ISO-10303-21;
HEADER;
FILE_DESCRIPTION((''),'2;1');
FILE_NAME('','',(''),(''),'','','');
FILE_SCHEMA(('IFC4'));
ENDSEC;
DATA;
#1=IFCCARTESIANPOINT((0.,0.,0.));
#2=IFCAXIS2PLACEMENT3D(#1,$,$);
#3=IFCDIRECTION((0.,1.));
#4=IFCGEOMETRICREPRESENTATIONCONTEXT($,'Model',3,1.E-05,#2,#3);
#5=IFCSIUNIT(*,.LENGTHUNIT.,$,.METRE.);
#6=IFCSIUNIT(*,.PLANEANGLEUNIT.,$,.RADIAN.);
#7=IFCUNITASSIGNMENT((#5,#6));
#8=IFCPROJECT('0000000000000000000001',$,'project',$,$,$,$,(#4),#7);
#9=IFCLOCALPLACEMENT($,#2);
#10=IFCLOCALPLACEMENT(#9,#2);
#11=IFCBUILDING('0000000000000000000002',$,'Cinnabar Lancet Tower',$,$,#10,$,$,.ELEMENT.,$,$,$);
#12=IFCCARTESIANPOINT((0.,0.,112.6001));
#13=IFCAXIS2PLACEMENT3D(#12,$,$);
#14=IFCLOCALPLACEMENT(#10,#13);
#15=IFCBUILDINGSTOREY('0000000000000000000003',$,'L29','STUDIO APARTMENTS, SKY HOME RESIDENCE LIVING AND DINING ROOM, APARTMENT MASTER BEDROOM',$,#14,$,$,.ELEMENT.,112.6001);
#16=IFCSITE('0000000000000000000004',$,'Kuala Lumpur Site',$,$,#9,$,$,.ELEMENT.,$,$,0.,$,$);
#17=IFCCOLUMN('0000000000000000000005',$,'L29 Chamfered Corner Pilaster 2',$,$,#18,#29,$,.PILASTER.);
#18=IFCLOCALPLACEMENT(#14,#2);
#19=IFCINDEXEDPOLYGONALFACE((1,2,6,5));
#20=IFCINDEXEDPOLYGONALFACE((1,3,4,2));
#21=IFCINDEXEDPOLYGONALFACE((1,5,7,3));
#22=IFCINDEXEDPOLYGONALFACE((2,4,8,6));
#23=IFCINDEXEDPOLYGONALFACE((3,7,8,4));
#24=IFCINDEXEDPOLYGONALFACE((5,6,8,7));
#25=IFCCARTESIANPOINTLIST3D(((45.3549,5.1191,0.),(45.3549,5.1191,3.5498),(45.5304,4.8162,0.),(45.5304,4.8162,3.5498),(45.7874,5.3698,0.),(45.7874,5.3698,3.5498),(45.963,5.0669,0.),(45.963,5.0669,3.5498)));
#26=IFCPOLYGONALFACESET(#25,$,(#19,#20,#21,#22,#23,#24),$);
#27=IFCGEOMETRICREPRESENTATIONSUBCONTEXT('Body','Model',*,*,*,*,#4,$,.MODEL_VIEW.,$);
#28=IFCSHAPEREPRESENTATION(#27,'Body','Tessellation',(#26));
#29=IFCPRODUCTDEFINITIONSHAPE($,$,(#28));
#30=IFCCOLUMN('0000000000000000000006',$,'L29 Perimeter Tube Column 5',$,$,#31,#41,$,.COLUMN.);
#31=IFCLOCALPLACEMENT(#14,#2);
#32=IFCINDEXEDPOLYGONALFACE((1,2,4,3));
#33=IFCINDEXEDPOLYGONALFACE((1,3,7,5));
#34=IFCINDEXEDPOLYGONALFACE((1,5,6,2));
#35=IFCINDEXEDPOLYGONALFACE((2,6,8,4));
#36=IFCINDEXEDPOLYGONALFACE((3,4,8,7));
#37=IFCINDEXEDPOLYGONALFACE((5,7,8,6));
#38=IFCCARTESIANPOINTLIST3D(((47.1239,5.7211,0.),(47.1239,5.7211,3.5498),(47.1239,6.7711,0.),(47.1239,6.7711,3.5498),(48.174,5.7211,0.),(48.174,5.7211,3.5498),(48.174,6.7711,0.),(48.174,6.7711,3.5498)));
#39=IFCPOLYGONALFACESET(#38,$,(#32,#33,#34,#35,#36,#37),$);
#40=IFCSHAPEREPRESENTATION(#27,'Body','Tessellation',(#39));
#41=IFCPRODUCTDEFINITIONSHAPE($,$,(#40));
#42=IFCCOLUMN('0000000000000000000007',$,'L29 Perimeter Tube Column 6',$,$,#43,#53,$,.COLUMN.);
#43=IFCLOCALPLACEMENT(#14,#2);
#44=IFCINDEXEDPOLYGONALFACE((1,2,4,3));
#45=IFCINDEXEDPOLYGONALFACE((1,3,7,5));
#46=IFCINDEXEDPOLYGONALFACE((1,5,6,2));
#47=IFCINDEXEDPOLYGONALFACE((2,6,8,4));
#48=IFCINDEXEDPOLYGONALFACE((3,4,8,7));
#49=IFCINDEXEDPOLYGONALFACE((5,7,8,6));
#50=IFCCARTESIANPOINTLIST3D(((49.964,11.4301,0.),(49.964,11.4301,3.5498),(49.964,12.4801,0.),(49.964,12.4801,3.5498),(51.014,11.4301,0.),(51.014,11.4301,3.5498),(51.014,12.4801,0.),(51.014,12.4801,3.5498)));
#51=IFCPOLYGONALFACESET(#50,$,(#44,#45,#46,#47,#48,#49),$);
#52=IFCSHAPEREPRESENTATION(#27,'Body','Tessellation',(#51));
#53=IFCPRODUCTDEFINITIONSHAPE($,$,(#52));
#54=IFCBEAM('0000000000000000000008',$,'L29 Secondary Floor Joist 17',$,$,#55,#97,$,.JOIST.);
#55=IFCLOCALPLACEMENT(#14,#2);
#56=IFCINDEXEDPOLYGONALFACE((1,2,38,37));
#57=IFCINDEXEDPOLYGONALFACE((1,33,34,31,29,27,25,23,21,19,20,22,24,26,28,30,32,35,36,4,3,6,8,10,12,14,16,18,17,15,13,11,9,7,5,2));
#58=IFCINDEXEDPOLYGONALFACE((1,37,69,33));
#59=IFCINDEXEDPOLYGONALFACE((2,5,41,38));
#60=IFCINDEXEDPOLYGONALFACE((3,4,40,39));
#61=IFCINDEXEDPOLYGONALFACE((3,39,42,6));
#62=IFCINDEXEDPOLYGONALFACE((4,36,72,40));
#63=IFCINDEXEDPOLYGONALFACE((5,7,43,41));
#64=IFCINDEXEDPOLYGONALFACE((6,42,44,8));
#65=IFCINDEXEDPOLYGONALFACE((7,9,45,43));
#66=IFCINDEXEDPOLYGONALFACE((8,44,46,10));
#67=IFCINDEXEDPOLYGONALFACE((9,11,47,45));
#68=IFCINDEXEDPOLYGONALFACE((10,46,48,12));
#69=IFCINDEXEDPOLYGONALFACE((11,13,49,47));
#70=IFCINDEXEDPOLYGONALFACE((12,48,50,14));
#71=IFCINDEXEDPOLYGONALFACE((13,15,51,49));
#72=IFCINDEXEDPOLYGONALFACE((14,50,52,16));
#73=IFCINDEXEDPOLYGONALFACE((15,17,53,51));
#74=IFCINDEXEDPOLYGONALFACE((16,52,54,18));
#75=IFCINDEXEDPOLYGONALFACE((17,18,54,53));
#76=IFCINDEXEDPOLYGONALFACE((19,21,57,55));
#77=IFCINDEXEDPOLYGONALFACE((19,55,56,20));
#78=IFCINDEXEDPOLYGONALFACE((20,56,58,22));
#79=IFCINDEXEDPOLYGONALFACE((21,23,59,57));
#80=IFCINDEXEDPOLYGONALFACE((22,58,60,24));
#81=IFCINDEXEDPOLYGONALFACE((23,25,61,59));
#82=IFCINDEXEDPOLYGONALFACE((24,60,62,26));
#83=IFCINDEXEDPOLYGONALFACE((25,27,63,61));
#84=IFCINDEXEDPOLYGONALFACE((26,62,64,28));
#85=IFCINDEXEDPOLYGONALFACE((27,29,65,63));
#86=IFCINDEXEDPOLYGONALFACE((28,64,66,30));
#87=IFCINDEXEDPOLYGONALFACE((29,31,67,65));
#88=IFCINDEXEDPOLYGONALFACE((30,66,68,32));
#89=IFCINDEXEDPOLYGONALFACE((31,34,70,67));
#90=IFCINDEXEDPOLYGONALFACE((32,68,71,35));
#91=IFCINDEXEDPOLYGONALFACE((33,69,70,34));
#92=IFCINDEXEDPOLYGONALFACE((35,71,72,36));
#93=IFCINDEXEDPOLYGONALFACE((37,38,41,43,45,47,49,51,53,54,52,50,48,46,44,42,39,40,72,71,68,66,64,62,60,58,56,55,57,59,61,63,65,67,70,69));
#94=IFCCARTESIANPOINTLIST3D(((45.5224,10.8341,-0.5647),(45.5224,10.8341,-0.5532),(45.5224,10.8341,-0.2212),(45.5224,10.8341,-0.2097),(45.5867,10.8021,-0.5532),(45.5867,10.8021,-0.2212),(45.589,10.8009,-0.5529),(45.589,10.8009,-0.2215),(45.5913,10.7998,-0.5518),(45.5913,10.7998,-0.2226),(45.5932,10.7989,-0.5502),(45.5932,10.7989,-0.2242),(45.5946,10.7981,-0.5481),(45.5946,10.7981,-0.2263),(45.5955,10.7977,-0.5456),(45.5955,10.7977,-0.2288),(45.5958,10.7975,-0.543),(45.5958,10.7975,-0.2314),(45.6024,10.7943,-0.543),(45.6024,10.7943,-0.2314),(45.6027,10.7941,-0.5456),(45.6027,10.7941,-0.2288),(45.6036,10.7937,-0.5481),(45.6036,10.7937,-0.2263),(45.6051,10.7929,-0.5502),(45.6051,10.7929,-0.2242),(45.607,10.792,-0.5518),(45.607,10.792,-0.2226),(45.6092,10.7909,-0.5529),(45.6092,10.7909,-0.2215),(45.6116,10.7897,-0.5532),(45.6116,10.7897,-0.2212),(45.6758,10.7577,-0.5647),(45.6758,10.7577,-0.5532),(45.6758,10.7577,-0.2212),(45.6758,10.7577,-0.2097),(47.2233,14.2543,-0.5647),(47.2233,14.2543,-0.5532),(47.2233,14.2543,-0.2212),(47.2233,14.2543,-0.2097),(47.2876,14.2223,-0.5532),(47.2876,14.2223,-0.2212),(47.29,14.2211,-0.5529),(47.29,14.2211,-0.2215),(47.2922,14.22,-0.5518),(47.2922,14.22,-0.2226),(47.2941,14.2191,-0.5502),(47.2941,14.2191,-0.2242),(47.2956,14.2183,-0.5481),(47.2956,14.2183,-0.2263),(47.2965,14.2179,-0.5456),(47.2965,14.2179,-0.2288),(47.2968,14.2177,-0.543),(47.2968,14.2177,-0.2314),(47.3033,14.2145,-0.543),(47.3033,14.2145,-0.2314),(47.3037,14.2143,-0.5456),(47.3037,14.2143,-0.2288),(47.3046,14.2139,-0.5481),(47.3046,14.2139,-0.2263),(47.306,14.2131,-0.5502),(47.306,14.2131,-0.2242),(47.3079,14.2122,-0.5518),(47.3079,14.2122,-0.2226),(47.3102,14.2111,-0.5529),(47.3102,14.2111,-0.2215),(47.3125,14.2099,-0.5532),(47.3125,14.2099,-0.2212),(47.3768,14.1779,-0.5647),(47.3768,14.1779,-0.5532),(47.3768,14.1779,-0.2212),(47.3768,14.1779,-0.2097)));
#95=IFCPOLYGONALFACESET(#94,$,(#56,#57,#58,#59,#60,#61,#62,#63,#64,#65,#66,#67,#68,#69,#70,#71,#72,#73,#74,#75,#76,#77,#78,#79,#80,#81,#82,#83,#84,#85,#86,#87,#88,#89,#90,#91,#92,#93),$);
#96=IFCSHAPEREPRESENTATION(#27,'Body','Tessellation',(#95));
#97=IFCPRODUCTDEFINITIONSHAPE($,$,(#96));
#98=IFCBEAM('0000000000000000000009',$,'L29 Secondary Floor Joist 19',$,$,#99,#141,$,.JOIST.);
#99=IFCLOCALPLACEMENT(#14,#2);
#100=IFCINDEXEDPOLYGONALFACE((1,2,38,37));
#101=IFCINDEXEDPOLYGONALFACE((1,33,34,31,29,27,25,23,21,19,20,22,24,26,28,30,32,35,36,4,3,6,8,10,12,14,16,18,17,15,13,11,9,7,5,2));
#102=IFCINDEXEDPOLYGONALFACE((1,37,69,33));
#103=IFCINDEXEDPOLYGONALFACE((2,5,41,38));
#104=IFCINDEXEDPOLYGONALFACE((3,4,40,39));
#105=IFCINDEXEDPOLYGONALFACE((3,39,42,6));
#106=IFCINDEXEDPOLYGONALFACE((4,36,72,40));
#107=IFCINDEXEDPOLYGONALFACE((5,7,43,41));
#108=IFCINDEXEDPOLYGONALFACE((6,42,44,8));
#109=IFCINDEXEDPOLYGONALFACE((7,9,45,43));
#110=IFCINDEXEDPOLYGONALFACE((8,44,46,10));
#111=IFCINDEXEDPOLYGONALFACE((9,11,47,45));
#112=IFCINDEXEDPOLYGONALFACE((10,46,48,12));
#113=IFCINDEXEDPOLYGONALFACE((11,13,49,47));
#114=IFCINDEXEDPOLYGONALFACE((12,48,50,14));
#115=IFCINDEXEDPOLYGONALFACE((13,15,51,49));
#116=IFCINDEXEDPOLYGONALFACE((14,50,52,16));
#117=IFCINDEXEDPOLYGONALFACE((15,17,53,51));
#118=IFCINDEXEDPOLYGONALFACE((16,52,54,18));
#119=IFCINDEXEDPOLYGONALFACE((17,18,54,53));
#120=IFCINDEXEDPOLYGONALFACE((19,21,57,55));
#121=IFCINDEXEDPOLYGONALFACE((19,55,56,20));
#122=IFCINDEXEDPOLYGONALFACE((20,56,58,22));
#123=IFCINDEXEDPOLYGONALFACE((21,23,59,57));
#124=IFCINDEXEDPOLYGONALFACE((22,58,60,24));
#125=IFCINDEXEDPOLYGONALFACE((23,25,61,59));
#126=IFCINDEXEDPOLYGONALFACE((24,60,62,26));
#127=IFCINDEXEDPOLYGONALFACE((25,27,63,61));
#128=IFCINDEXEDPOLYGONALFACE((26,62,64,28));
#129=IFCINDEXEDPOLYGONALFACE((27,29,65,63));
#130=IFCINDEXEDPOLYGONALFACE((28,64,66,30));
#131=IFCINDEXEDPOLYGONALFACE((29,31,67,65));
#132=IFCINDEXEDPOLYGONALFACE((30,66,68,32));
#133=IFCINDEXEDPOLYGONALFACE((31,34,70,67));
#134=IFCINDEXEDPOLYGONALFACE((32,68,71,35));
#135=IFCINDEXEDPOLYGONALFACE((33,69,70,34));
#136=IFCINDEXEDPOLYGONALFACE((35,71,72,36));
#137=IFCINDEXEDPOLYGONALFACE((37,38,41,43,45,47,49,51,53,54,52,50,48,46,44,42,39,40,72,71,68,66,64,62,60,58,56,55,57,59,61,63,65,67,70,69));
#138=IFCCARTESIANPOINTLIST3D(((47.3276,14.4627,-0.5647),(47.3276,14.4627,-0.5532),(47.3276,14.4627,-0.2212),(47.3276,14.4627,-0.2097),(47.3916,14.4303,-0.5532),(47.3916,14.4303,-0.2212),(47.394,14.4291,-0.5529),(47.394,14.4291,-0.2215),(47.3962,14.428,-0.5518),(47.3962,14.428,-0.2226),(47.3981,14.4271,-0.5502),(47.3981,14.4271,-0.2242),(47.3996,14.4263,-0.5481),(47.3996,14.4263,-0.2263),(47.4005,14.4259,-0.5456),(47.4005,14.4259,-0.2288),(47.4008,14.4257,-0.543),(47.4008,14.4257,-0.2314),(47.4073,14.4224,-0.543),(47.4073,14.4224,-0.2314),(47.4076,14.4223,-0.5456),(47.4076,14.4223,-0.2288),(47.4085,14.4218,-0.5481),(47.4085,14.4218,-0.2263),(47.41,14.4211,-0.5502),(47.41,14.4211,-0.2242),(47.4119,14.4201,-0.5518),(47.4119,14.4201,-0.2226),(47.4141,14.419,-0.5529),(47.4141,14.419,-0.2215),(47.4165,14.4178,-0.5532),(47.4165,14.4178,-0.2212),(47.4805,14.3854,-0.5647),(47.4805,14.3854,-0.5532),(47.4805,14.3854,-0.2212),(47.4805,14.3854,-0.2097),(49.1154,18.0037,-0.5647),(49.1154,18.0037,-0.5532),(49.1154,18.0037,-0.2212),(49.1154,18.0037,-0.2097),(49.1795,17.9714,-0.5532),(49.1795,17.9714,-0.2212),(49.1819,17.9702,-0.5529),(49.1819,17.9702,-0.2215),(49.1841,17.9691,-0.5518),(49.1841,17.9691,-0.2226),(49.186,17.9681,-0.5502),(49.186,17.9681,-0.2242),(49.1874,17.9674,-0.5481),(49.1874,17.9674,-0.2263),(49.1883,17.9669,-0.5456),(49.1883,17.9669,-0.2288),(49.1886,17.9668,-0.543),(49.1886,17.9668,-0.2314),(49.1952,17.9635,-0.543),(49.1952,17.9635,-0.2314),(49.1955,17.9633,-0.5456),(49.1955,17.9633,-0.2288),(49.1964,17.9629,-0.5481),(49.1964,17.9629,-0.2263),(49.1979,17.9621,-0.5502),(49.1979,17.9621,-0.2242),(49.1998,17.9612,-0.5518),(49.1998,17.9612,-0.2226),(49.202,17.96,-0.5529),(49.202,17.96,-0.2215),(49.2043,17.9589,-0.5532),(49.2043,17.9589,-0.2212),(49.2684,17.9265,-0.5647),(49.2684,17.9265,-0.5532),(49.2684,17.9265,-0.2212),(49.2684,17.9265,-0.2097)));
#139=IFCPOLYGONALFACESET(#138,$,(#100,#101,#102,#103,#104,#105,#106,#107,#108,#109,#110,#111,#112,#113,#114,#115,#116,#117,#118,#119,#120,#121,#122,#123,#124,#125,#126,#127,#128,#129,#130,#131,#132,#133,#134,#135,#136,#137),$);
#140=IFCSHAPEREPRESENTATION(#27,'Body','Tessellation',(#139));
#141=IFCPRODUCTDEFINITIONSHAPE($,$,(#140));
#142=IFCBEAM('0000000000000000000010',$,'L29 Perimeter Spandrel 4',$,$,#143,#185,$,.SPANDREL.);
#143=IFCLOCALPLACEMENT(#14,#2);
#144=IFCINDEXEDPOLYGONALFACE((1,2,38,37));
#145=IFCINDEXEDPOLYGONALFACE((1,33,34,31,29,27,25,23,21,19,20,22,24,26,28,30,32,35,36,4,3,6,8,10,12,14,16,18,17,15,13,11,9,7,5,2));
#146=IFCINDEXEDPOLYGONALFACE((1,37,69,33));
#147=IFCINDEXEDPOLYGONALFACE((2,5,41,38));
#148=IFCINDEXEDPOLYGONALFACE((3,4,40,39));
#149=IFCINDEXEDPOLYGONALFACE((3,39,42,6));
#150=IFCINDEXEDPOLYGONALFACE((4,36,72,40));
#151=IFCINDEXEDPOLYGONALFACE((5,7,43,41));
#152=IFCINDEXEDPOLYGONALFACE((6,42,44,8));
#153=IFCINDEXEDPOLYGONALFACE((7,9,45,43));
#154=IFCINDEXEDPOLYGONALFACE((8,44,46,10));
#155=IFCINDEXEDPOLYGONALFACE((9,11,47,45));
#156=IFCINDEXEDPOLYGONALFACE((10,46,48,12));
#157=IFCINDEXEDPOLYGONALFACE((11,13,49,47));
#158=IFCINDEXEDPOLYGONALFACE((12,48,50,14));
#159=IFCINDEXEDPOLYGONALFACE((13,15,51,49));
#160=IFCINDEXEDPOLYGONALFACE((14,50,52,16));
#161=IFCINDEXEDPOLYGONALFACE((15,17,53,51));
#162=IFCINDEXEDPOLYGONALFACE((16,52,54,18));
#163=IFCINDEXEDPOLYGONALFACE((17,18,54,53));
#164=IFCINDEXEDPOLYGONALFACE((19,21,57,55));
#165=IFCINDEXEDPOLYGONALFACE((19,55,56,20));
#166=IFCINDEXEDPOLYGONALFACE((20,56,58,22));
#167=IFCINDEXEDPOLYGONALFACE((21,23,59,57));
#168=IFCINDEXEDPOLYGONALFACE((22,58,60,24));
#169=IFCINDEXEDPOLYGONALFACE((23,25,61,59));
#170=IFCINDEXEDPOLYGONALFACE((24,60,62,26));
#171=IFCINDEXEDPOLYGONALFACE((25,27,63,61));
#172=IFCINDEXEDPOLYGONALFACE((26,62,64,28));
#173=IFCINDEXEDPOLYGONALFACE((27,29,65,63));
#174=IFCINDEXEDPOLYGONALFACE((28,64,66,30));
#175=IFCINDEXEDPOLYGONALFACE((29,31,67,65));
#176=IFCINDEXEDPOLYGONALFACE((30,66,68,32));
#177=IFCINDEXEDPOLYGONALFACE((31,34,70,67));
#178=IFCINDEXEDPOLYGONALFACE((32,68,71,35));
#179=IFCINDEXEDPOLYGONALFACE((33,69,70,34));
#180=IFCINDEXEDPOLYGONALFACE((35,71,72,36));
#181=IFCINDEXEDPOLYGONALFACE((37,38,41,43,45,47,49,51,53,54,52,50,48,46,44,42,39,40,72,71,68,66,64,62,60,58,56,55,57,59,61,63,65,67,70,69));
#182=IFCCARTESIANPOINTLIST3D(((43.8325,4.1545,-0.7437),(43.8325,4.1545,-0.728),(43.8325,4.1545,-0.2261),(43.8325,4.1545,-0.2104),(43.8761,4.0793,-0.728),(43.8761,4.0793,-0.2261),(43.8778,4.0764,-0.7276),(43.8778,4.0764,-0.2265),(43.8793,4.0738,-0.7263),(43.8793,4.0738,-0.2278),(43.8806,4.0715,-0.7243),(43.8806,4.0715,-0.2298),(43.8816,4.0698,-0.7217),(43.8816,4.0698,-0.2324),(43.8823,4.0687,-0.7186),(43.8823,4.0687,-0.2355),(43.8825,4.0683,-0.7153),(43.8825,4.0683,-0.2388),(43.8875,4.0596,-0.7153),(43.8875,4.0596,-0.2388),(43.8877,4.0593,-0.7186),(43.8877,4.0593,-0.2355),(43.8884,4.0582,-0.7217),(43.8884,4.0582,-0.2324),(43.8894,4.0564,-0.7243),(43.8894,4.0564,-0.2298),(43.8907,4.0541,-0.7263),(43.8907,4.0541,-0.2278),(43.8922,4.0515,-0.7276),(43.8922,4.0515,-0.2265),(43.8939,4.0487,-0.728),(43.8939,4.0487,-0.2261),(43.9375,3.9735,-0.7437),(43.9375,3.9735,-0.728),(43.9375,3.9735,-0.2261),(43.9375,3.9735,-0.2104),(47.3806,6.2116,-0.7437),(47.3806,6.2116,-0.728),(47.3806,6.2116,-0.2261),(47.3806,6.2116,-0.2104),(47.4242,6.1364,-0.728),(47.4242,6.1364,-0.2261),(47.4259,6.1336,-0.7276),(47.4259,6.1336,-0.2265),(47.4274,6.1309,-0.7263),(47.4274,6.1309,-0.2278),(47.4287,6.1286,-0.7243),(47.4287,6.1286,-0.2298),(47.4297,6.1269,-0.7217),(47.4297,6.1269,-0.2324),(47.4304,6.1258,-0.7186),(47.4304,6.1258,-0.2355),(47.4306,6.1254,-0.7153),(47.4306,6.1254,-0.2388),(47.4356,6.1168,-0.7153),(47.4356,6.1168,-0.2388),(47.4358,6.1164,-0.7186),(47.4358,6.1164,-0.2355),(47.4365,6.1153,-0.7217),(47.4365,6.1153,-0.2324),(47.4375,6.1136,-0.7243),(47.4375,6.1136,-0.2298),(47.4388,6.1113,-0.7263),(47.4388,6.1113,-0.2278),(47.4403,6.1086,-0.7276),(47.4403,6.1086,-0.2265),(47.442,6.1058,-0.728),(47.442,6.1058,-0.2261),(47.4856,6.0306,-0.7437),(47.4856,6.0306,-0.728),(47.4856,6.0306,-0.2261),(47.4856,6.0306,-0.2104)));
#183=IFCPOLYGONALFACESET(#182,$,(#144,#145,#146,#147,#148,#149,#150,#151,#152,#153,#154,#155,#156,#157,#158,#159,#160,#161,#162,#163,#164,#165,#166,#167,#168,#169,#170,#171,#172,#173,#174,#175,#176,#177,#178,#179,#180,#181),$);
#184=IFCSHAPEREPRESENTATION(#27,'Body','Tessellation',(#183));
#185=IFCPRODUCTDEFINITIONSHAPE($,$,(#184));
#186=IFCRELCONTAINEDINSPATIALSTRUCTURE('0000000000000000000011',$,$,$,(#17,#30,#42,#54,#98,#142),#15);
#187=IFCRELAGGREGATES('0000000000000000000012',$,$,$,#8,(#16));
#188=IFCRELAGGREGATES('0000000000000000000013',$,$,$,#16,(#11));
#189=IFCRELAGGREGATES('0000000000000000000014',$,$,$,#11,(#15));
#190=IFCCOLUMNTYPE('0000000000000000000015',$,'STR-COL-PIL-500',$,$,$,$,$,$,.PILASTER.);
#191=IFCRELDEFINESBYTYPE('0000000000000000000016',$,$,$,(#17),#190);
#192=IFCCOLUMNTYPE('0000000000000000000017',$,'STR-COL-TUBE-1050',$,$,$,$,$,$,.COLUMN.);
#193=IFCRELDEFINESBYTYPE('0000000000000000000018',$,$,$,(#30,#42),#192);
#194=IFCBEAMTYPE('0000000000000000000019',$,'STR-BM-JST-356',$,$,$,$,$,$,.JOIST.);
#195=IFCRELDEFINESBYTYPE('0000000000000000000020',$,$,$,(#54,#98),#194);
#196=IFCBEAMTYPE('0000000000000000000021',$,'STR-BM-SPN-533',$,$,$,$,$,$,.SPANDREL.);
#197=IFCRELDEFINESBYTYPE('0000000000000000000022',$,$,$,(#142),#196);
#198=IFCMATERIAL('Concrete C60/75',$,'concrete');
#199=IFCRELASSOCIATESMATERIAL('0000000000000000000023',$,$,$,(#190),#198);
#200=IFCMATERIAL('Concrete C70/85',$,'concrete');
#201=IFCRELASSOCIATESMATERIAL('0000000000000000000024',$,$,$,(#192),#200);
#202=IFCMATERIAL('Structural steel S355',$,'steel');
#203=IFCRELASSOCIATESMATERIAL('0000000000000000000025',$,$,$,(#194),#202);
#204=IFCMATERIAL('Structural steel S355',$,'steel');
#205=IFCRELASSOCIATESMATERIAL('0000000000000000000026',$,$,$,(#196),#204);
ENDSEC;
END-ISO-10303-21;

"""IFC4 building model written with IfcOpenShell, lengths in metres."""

from ifc_helpers import new_model, si_unit, direction, frame, origin, origin_2d, place, context, subcontext, project, spatial, rectangle, i_section, extrude, material, material_profile, profile_set, type_object, element, save


model = new_model("IFC4")

# Units and contexts
model_context = context("Model", 3, precision=1e-05, world=origin(), true_north=direction((0.0, 1.0)))
body_context = subcontext(model_context, "Body", "Model", "MODEL_VIEW")
ifc_project = project(units=[si_unit("LENGTHUNIT", "METRE"), si_unit("PLANEANGLEUNIT", "RADIAN")], contexts=[model_context])

# Site, building, storey
site_placement = place(None, origin())
site = spatial("IfcSite", under=ifc_project, at=site_placement, Name="Kuala Lumpur Site", CompositionType="ELEMENT", RefElevation=0.0)
building_placement = place(site_placement, origin())
building = spatial("IfcBuilding", under=site, at=building_placement, Name="Cinnabar Lancet Tower", CompositionType="ELEMENT")
storey_placement = place(building_placement, frame((0.0, 0.0, 112.6001)))
storey = spatial("IfcBuildingStorey", under=building, at=storey_placement, Name="L29", Description="STUDIO APARTMENTS, SKY HOME RESIDENCE LIVING AND DINING ROOM, APARTMENT MASTER BEDROOM", CompositionType="ELEMENT", Elevation=112.6001)

# Columns
ifc_material_1 = material(Name="Concrete C60/75", Category="concrete")
ifc_material_profile_1 = material_profile(ifc_material_1, rectangle(XDim=0.5, YDim=0.3501, at=origin_2d()), Name="RC-PIL 500x350")
ifc_profile_set_1 = profile_set([ifc_material_profile_1], Name="Concrete C60/75")
column_type_1 = type_object("IfcColumnType", Name="STR-COL-PIL-500", PredefinedType="PILASTER", material=ifc_profile_set_1)
column_placement = place(storey_placement, frame((45.6589, 5.093, 0.0), z_axis=(0.0, 0.0, 1.0), x_axis=(0.86516, 0.501496, 0.0)))
element("IfcColumn", 1, at=column_placement, inside=storey, type_object=column_type_1, Name="L29 Chamfered Corner Pilaster 2", PredefinedType="PILASTER", context=body_context, shape_type="SweptSolid", body=[
    extrude(rectangle(XDim=0.5, YDim=0.3501, at=origin_2d()), origin(), (0.0, 0.0, 1.0), 3.5498),
])
ifc_material_2 = material(Name="Concrete C70/85", Category="concrete")
ifc_material_profile_2 = material_profile(ifc_material_2, rectangle(XDim=1.05, YDim=1.05, at=origin_2d()), Name="RC-COL 1050x1050")
ifc_profile_set_2 = profile_set([ifc_material_profile_2], Name="Concrete C70/85")
column_type_2 = type_object("IfcColumnType", Name="STR-COL-TUBE-1050", PredefinedType="COLUMN", material=ifc_profile_set_2)
for number, where, z_axis, x_axis, name in (
    (2, (47.6489, 6.2461, 0.0), (0.0, 0.0, 1.0), (1.0, 0.0, 0.0), "L29 Perimeter Tube Column 5"),
    (3, (50.489, 11.9551, 0.0), (0.0, 0.0, 1.0), (1.0, 0.0, 0.0), "L29 Perimeter Tube Column 6"),
):
    element("IfcColumn", number, at=place(storey_placement, frame(where, z_axis=z_axis, x_axis=x_axis)), inside=storey, type_object=column_type_2, Name=name, PredefinedType="COLUMN", context=body_context, shape_type="SweptSolid", body=[
        extrude(rectangle(XDim=1.05, YDim=1.05, at=origin_2d()), origin(), (0.0, 0.0, 1.0), 3.5498),
    ])

# Beams
ifc_material_3 = material(Name="Structural steel S355", Category="steel")
ifc_material_profile_3 = material_profile(ifc_material_3, i_section(OverallWidth=0.1714, OverallDepth=0.355, WebThickness=0.0073, FlangeThickness=0.0115, FilletRadius=0.0103, at=origin_2d()), Name="UKB 356x171x51")
ifc_profile_set_3 = profile_set([ifc_material_profile_3], Name="Structural steel S355")
beam_type_1 = type_object("IfcBeamType", Name="STR-BM-JST-356", PredefinedType="JOIST", material=ifc_profile_set_3)
beam_1_placement = place(storey_placement, frame((45.5991, 10.7959, -0.3872), z_axis=(0.445295, 0.895384, 0.0), x_axis=(-0.895384, 0.445295, 0.0)))
element("IfcBeam", 4, at=beam_1_placement, inside=storey, type_object=beam_type_1, Name="L29 Secondary Floor Joist 17", PredefinedType="JOIST", context=body_context, shape_type="SweptSolid", body=[
    extrude(i_section(OverallWidth=0.1714, OverallDepth=0.355, WebThickness=0.0073, FlangeThickness=0.0115, FilletRadius=0.0103, at=origin_2d()), origin(), (0.0, 0.0, 1.0), 3.8198),
])
beam_2_placement = place(storey_placement, frame((47.4041, 14.4241, -0.3872), z_axis=(0.450706, 0.892672, 0.0), x_axis=(-0.892672, 0.450706, 0.0)))
element("IfcBeam", 5, at=beam_2_placement, inside=storey, type_object=beam_type_1, Name="L29 Secondary Floor Joist 19", PredefinedType="JOIST", context=body_context, shape_type="SweptSolid", body=[
    extrude(i_section(OverallWidth=0.1714, OverallDepth=0.355, WebThickness=0.0073, FlangeThickness=0.0115, FilletRadius=0.0103, at=origin_2d()), origin(), (0.0, 0.0, 1.0), 3.9668),
])
ifc_material_4 = material(Name="Structural steel S355", Category="steel")
ifc_material_profile_4 = material_profile(ifc_material_4, i_section(OverallWidth=0.2092, OverallDepth=0.5332, WebThickness=0.01, FlangeThickness=0.0156, FilletRadius=0.0127, at=origin_2d()), Name="UKB 533x210x92")
ifc_profile_set_4 = profile_set([ifc_material_profile_4], Name="Structural steel S355")
beam_type_2 = type_object("IfcBeamType", Name="STR-BM-SPN-533", PredefinedType="SPANDREL", material=ifc_profile_set_4)
beam_3_placement = place(storey_placement, frame((43.885, 4.064, -0.4771), z_axis=(0.865112, 0.501578, 0.0), x_axis=(-0.501578, 0.865112, 0.0)))
element("IfcBeam", 6, at=beam_3_placement, inside=storey, type_object=beam_type_2, Name="L29 Perimeter Spandrel 4", PredefinedType="SPANDREL", context=body_context, shape_type="SweptSolid", body=[
    extrude(i_section(OverallWidth=0.2092, OverallDepth=0.5332, WebThickness=0.01, FlangeThickness=0.0156, FilletRadius=0.0127, at=origin_2d()), origin(), (0.0, 0.0, 1.0), 4.1013),
])

save(model, "model.ifc")
